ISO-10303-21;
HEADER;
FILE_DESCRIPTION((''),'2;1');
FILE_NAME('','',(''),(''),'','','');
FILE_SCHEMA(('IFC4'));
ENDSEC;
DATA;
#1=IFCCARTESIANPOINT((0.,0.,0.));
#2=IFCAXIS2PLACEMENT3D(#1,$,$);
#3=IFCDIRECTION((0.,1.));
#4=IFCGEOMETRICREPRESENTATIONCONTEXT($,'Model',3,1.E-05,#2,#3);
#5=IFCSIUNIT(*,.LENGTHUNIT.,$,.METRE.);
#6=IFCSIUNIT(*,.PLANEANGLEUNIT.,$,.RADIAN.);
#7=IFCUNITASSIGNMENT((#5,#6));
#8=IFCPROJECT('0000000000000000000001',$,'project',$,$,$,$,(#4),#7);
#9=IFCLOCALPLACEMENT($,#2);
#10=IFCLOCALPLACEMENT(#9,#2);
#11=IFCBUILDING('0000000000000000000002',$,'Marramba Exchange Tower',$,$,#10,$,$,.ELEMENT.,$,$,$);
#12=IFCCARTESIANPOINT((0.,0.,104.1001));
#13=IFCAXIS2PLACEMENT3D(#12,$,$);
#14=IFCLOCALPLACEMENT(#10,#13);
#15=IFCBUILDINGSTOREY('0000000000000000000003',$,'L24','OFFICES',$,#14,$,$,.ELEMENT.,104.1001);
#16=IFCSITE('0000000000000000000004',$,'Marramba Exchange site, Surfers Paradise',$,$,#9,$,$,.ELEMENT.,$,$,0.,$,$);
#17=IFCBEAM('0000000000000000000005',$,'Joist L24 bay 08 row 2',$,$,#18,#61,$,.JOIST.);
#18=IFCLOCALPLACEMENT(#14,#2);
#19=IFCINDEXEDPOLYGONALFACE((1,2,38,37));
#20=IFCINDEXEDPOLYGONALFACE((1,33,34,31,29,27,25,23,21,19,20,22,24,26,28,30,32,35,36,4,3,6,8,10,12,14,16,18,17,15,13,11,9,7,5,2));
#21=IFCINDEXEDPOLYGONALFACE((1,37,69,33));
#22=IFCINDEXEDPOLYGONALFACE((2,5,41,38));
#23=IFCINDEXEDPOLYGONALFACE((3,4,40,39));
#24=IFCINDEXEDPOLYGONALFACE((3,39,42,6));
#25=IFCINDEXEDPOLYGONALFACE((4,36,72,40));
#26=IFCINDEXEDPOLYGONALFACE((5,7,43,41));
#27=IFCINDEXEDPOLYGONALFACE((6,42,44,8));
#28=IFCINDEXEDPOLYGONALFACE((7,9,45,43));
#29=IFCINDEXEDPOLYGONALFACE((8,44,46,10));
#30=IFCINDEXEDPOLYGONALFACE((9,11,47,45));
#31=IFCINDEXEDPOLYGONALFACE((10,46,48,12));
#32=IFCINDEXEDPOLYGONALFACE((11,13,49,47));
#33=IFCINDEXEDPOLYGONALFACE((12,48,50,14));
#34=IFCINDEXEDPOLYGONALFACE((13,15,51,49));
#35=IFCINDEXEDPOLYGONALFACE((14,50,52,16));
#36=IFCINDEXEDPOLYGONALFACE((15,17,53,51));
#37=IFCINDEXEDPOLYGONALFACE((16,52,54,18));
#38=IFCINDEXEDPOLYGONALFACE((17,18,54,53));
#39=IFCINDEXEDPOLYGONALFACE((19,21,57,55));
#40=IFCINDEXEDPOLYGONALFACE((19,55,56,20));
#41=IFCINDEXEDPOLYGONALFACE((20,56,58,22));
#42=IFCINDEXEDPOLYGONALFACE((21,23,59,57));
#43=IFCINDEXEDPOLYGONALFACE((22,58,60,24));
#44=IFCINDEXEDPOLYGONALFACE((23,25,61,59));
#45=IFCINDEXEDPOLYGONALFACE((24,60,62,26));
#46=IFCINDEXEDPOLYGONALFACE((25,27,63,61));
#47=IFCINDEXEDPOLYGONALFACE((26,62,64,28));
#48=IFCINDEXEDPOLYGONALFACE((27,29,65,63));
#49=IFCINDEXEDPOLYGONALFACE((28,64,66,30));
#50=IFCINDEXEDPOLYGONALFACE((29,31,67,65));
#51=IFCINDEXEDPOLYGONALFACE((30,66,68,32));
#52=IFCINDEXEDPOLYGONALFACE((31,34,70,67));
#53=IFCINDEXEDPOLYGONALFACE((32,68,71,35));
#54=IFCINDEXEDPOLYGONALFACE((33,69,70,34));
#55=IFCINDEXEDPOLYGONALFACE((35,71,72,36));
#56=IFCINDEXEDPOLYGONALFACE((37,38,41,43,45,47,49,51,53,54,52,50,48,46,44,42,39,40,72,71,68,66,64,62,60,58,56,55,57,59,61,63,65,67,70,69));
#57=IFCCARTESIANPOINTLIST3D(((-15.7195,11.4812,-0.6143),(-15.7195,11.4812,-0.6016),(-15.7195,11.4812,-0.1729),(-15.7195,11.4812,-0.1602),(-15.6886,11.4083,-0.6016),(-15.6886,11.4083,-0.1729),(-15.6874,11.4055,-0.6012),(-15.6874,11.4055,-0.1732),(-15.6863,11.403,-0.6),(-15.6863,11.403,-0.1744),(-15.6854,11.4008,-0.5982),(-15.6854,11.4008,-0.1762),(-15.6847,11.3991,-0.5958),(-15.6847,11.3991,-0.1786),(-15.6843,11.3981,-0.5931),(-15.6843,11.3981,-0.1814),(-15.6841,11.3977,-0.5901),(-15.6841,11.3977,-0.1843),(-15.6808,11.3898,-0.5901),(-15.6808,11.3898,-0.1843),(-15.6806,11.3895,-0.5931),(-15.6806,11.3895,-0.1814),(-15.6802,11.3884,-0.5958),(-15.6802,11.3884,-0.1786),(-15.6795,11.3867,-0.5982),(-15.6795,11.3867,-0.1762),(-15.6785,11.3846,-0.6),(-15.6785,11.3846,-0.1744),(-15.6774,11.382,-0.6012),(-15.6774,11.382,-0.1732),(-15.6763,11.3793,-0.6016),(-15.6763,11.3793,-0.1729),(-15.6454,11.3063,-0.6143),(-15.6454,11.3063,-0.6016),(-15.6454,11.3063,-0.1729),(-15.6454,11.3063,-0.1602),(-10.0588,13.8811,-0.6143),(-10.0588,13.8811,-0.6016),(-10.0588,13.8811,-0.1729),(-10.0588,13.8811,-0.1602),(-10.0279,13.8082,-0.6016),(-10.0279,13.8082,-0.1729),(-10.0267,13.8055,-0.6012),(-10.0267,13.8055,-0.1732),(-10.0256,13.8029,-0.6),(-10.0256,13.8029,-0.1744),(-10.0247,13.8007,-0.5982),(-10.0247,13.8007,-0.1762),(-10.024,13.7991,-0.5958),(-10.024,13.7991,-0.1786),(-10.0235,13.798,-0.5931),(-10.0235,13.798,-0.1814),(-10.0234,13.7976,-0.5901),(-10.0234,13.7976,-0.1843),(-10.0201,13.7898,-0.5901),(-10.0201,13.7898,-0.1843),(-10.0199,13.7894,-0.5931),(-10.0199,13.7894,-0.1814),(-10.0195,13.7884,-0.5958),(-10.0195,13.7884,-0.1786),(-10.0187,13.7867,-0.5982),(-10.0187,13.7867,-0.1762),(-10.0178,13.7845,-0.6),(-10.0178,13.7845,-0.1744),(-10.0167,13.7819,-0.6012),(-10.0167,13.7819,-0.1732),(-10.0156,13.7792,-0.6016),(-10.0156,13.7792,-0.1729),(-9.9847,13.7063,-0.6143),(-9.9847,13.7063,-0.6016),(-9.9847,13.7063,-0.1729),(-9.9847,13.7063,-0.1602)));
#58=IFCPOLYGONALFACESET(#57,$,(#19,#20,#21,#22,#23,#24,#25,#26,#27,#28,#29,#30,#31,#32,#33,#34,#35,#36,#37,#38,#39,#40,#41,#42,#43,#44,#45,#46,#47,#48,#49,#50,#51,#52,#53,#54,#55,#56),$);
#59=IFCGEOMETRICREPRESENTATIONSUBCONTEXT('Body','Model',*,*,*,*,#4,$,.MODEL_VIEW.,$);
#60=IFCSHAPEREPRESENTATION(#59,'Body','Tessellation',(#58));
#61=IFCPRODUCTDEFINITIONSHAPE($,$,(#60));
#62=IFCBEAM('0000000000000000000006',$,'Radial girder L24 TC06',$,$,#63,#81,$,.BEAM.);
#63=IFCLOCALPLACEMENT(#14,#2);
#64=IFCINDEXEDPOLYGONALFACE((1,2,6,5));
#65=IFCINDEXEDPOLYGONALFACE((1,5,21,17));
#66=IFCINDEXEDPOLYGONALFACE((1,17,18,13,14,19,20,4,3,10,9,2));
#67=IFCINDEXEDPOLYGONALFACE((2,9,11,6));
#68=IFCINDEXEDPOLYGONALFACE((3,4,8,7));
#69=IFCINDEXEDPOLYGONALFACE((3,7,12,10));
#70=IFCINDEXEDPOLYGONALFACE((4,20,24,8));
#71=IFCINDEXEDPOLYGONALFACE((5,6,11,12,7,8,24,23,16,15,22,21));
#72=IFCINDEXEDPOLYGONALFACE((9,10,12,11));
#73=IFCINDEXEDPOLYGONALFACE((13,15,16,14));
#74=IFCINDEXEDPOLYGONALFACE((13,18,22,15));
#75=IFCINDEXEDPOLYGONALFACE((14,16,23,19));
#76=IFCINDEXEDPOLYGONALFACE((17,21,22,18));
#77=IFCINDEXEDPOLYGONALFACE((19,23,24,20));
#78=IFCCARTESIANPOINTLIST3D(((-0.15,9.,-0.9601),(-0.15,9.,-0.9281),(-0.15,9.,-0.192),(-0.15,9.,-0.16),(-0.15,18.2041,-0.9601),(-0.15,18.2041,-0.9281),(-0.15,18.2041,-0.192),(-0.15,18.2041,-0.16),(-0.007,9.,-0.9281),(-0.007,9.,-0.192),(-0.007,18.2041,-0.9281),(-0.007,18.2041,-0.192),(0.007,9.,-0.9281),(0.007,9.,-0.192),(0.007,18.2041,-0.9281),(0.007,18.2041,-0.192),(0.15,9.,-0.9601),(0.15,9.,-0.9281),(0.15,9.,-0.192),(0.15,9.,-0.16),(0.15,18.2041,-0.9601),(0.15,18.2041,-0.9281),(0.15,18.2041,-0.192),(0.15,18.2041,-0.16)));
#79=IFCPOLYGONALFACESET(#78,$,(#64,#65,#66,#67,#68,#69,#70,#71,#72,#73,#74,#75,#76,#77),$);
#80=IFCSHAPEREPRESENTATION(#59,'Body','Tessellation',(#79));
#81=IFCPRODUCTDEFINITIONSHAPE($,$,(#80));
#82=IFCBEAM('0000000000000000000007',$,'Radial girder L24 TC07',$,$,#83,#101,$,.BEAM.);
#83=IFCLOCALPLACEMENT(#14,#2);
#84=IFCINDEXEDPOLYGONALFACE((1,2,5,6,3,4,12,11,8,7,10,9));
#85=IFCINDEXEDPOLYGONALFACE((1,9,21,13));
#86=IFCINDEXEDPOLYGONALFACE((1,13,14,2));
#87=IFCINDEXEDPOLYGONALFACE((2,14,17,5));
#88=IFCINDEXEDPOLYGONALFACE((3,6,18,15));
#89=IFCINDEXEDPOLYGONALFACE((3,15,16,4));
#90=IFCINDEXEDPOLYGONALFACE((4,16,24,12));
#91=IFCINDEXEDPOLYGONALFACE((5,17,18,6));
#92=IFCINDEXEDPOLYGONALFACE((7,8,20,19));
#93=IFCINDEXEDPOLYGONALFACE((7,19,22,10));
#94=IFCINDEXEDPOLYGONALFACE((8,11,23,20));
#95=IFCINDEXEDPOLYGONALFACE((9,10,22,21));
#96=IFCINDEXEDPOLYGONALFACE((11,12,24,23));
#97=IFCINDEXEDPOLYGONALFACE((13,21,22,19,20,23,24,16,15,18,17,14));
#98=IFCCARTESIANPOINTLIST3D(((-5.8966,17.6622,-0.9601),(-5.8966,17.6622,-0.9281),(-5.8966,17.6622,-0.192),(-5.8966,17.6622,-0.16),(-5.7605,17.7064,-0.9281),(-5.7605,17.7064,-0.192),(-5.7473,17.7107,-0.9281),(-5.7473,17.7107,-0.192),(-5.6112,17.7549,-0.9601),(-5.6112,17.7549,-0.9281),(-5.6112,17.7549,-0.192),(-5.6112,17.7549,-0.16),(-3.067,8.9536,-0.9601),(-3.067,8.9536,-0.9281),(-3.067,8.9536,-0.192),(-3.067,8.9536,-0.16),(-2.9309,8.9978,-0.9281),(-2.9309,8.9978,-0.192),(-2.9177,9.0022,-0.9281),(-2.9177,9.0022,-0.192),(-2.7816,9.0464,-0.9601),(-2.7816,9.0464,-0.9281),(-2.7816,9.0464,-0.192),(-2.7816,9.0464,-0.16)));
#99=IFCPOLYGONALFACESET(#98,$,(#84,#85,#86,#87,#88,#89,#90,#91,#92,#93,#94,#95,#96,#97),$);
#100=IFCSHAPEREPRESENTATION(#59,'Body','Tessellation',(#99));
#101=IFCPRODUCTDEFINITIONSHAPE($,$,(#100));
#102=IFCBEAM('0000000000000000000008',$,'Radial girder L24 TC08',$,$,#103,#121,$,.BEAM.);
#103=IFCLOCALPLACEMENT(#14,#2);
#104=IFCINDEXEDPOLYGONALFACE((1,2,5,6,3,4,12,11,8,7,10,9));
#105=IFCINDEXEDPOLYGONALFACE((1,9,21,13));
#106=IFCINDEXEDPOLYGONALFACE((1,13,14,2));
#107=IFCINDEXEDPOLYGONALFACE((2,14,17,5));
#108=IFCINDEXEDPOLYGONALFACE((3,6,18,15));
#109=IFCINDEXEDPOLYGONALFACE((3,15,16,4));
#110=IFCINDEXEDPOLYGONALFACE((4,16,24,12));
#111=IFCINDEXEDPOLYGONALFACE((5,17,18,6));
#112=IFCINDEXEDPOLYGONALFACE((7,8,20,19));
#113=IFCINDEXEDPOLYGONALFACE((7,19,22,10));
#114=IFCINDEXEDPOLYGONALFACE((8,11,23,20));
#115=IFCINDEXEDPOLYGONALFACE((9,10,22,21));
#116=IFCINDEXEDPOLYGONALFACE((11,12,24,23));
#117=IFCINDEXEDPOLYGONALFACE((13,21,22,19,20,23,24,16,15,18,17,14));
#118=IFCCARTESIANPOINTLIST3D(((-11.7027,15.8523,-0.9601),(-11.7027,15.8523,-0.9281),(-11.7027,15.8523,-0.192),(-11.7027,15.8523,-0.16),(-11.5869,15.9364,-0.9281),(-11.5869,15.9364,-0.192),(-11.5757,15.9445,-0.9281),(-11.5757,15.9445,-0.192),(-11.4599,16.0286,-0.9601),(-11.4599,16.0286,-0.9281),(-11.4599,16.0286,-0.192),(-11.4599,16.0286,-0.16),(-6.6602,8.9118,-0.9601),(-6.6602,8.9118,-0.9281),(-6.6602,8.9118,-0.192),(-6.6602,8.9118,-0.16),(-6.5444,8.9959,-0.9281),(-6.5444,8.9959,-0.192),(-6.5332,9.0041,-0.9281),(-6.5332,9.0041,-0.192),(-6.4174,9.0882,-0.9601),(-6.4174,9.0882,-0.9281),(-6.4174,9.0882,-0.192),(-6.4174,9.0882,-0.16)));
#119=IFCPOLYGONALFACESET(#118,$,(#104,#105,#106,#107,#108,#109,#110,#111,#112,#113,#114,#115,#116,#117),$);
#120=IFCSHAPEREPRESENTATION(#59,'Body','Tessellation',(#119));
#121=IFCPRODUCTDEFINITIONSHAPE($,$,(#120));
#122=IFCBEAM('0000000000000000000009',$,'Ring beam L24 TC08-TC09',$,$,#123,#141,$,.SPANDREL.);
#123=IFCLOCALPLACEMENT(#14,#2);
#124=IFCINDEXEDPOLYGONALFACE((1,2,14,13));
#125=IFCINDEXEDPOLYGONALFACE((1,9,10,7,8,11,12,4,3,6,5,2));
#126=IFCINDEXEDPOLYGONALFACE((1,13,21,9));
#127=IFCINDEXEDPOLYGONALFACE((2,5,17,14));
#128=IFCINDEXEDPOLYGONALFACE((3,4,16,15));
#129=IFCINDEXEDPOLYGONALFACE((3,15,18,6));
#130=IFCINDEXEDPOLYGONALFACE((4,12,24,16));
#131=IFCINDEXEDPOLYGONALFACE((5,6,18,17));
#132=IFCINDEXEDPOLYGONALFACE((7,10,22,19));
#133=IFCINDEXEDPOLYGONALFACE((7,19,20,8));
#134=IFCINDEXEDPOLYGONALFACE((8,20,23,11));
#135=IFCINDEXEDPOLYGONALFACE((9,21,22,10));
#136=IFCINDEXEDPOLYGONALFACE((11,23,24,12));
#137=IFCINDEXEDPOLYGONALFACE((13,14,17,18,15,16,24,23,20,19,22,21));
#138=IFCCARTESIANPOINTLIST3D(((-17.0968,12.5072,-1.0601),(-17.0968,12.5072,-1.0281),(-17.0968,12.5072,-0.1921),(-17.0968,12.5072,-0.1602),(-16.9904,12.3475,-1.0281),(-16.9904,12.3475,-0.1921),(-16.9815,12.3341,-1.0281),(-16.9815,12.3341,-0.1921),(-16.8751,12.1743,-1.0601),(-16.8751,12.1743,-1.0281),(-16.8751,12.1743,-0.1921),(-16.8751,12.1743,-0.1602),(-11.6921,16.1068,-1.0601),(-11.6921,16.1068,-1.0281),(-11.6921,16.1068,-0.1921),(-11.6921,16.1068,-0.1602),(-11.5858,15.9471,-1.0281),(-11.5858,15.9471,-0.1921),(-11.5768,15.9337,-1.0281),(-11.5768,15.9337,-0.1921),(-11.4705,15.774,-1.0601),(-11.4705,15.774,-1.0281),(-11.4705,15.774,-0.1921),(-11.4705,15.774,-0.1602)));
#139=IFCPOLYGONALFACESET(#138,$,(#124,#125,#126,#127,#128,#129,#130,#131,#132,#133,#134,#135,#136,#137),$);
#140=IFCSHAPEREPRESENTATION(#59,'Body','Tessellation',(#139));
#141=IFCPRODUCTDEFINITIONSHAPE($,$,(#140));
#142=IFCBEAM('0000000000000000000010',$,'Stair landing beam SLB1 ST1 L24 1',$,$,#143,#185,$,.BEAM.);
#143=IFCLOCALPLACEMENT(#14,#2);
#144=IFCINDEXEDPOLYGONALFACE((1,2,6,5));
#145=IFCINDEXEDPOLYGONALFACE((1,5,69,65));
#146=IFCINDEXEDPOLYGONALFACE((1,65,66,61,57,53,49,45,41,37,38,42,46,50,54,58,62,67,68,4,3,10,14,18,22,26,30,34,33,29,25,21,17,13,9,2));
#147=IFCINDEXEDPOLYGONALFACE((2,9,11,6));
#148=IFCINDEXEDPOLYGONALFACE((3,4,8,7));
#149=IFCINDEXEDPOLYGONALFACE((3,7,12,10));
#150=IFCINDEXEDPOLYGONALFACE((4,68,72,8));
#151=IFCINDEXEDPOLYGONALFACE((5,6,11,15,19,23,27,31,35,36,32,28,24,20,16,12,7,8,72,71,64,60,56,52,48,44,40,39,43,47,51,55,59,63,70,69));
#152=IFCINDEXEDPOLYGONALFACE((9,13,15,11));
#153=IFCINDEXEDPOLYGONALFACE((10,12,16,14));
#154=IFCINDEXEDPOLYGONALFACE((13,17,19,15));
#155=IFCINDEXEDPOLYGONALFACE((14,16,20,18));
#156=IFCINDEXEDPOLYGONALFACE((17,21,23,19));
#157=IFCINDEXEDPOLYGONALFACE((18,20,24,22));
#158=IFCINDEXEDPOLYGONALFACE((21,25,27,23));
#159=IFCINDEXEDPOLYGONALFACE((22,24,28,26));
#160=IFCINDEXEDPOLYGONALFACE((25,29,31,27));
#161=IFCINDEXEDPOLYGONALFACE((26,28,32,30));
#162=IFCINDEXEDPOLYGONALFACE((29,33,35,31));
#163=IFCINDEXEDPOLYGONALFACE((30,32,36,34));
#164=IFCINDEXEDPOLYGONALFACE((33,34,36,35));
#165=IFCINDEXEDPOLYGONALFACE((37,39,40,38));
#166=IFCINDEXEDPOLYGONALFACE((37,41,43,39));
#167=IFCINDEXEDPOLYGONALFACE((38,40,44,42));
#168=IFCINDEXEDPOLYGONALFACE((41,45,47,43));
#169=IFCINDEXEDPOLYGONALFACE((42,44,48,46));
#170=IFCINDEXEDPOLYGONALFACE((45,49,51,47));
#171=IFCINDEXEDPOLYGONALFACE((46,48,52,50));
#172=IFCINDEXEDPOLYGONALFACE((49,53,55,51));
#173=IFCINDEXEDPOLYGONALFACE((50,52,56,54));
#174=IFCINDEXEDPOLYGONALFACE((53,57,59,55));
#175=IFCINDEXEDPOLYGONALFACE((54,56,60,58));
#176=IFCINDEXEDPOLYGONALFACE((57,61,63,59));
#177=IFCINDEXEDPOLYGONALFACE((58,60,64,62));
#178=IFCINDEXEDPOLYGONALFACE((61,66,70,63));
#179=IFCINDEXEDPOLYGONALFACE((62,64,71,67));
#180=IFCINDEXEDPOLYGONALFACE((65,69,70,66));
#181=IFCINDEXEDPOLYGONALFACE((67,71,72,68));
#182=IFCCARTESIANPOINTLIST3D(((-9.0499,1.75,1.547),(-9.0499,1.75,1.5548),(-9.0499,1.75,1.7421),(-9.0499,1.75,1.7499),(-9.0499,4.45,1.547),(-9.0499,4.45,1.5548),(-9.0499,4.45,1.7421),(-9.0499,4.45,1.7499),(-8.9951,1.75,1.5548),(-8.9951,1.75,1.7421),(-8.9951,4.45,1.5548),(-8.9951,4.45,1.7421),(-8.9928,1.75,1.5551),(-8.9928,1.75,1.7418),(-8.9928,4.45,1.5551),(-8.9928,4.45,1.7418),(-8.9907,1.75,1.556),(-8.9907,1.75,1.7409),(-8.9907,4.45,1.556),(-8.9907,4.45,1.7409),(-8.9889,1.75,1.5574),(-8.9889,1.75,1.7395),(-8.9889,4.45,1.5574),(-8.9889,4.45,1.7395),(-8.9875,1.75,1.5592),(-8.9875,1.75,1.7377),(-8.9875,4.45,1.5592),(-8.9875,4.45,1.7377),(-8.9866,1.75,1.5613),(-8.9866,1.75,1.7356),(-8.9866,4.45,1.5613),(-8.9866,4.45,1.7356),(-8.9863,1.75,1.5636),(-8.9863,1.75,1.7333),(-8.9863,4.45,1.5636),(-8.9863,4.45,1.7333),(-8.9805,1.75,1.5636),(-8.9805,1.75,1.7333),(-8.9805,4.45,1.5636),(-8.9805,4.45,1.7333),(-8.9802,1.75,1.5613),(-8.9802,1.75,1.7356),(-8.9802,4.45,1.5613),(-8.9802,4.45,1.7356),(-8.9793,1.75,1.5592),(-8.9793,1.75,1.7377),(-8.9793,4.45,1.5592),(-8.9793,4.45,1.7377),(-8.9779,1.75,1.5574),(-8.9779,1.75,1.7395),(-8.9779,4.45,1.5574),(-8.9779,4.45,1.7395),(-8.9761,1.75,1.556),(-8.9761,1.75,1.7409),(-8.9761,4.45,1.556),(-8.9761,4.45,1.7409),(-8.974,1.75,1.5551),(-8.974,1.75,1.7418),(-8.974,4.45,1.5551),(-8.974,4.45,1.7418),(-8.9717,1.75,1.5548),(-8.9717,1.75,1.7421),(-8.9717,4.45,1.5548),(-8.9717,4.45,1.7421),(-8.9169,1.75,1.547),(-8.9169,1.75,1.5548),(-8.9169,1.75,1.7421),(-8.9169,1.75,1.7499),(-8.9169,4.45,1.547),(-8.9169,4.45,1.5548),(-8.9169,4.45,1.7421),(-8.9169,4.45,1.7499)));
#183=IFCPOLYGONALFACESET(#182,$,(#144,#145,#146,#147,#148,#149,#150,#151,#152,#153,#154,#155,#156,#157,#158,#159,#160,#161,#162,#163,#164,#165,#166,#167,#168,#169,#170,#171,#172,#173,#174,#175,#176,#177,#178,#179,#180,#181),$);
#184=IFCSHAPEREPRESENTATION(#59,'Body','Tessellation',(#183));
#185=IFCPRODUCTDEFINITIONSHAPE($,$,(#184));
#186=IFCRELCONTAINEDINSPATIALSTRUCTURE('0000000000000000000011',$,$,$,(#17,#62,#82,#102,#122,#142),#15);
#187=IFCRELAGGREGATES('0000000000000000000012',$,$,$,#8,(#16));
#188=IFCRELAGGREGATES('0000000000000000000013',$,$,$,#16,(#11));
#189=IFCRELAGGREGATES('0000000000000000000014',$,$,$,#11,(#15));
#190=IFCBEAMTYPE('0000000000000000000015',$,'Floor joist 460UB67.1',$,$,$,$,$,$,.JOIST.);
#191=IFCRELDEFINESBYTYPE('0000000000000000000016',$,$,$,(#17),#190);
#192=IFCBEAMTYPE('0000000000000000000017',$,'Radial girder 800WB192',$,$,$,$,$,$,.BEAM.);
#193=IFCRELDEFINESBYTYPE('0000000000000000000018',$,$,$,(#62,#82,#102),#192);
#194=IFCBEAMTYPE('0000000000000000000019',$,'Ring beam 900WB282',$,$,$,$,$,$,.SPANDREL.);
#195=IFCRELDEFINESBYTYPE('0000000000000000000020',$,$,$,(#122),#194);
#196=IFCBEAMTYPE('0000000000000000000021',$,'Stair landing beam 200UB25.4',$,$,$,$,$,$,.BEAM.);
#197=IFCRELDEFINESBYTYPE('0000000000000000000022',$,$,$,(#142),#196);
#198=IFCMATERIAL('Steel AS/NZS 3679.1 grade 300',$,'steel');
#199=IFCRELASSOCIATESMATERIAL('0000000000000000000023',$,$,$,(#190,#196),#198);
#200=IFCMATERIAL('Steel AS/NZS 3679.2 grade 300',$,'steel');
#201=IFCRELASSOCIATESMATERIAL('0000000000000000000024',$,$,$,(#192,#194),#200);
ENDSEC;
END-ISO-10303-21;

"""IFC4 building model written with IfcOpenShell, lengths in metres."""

from ifc_helpers import new_model, si_unit, direction, frame, origin, origin_2d, place, context, subcontext, project, spatial, i_section, extrude, material, material_profile, profile_set, type_object, element, save


model = new_model("IFC4")

# Units and contexts
model_context = context("Model", 3, precision=1e-05, world=origin(), true_north=direction((0.0, 1.0)))
body_context = subcontext(model_context, "Body", "Model", "MODEL_VIEW")
ifc_project = project(units=[si_unit("LENGTHUNIT", "METRE"), si_unit("PLANEANGLEUNIT", "RADIAN")], contexts=[model_context])

# Site, building, storey
site_placement = place(None, origin())
site = spatial("IfcSite", under=ifc_project, at=site_placement, Name="Marramba Exchange site, Surfers Paradise", CompositionType="ELEMENT", RefElevation=0.0)
building_placement = place(site_placement, origin())
building = spatial("IfcBuilding", under=site, at=building_placement, Name="Marramba Exchange Tower", CompositionType="ELEMENT")
storey_placement = place(building_placement, frame((0.0, 0.0, 104.1001)))
storey = spatial("IfcBuildingStorey", under=building, at=storey_placement, Name="L24", Description="OFFICES", CompositionType="ELEMENT", Elevation=104.1001)

# Beams
ifc_material_1 = material(Name="Steel AS/NZS 3679.1 grade 300", Category="steel")
ifc_material_profile_1 = material_profile(ifc_material_1, i_section(OverallWidth=0.1899, OverallDepth=0.4541, WebThickness=0.0085, FlangeThickness=0.0127, FilletRadius=0.0115, at=origin_2d()), Name="460UB67.1")
ifc_profile_set_1 = profile_set([ifc_material_profile_1], Name="Steel AS/NZS 3679.1 grade 300")
beam_type_1 = type_object("IfcBeamType", Name="Floor joist 460UB67.1", PredefinedType="JOIST", material=ifc_profile_set_1)
beam_1_placement = place(storey_placement, frame((-10.0217, 13.7937, -0.3872), z_axis=(-0.920674, -0.390332, 0.0), x_axis=(0.390332, -0.920674, 0.0)))
element("IfcBeam", 1, at=beam_1_placement, inside=storey, type_object=beam_type_1, Name="Joist L24 bay 08 row 2", PredefinedType="JOIST", context=body_context, shape_type="SweptSolid", body=[
    extrude(i_section(OverallWidth=0.1899, OverallDepth=0.4541, WebThickness=0.0085, FlangeThickness=0.0127, FilletRadius=0.0115, at=origin_2d()), origin(), (0.0, 0.0, 1.0), 6.1484),
])
ifc_material_2 = material(Name="Steel AS/NZS 3679.2 grade 300", Category="steel")
ifc_material_profile_2 = material_profile(ifc_material_2, i_section(OverallWidth=0.3, OverallDepth=0.8, WebThickness=0.0139, FlangeThickness=0.032, at=origin_2d()), Name="800WB192")
ifc_profile_set_2 = profile_set([ifc_material_profile_2], Name="Steel AS/NZS 3679.2 grade 300")
beam_type_2 = type_object("IfcBeamType", Name="Radial girder 800WB192", PredefinedType="BEAM", material=ifc_profile_set_2)
beam_2_placement = place(storey_placement, frame((0.0, 9.0, -0.5601), z_axis=(0.0, 1.0, 0.0), x_axis=(-1.0, 0.0, 0.0)))
element("IfcBeam", 2, at=beam_2_placement, inside=storey, type_object=beam_type_2, Name="Radial girder L24 TC06", PredefinedType="BEAM", context=body_context, shape_type="SweptSolid", body=[
    extrude(i_section(OverallWidth=0.3, OverallDepth=0.8, WebThickness=0.0139, FlangeThickness=0.032, at=origin_2d()), origin(), (0.0, 0.0, 1.0), 9.2041),
])
beam_3_placement = place(storey_placement, frame((-2.9243, 9.0, -0.5601), z_axis=(-0.30902, 0.951056, 0.0), x_axis=(-0.951056, -0.30902, 0.0)))
element("IfcBeam", 3, at=beam_3_placement, inside=storey, type_object=beam_type_2, Name="Radial girder L24 TC07", PredefinedType="BEAM", context=body_context, shape_type="SweptSolid", body=[
    extrude(i_section(OverallWidth=0.3, OverallDepth=0.8, WebThickness=0.0139, FlangeThickness=0.032, at=origin_2d()), origin(), (0.0, 0.0, 1.0), 9.1567),
])
beam_4_placement = place(storey_placement, frame((-6.5388, 9.0, -0.5601), z_axis=(-0.587782, 0.809019, 0.0), x_axis=(-0.809019, -0.587782, 0.0)))
element("IfcBeam", 4, at=beam_4_placement, inside=storey, type_object=beam_type_2, Name="Radial girder L24 TC08", PredefinedType="BEAM", context=body_context, shape_type="SweptSolid", body=[
    extrude(i_section(OverallWidth=0.3, OverallDepth=0.8, WebThickness=0.0139, FlangeThickness=0.032, at=origin_2d()), origin(), (0.0, 0.0, 1.0), 8.5789),
])
ifc_material_profile_3 = material_profile(ifc_material_2, i_section(OverallWidth=0.3999, OverallDepth=0.8999, WebThickness=0.0161, FlangeThickness=0.032, at=origin_2d()), Name="900WB282")
ifc_profile_set_3 = profile_set([ifc_material_profile_3], Name="Steel AS/NZS 3679.2 grade 300")
beam_type_3 = type_object("IfcBeamType", Name="Ring beam 900WB282", PredefinedType="SPANDREL", material=ifc_profile_set_3)
beam_5_placement = place(storey_placement, frame((-11.5813, 15.9404, -0.6101), z_axis=(-0.832293, -0.554336, 0.0), x_axis=(0.554336, -0.832293, 0.0)))
element("IfcBeam", 5, at=beam_5_placement, inside=storey, type_object=beam_type_3, Name="Ring beam L24 TC08-TC09", PredefinedType="SPANDREL", context=body_context, shape_type="SweptSolid", body=[
    extrude(i_section(OverallWidth=0.3999, OverallDepth=0.8999, WebThickness=0.0161, FlangeThickness=0.032, at=origin_2d()), origin(), (0.0, 0.0, 1.0), 6.4937),
])
ifc_material_profile_4 = material_profile(ifc_material_1, i_section(OverallWidth=0.1331, OverallDepth=0.2029, WebThickness=0.0059, FlangeThickness=0.0078, FilletRadius=0.0088, at=origin_2d()), Name="200UB25.4")
ifc_profile_set_4 = profile_set([ifc_material_profile_4], Name="Steel AS/NZS 3679.1 grade 300")
beam_type_4 = type_object("IfcBeamType", Name="Stair landing beam 200UB25.4", PredefinedType="BEAM", material=ifc_profile_set_4)
for number, where, z_axis, x_axis, name in (
    (6, (-8.9834, 1.75, 1.6484), (0.0, 1.0, 0.0), (-1.0, 0.0, 0.0), "Stair landing beam SLB1 ST1 L24 1"),
):
    element("IfcBeam", number, at=place(storey_placement, frame(where, z_axis=z_axis, x_axis=x_axis)), inside=storey, type_object=beam_type_4, Name=name, PredefinedType="BEAM", context=body_context, shape_type="SweptSolid", body=[
        extrude(i_section(OverallWidth=0.1331, OverallDepth=0.2029, WebThickness=0.0059, FlangeThickness=0.0078, FilletRadius=0.0088, at=origin_2d()), origin(), (0.0, 0.0, 1.0), 2.7),
    ])

save(model, "model.ifc")
